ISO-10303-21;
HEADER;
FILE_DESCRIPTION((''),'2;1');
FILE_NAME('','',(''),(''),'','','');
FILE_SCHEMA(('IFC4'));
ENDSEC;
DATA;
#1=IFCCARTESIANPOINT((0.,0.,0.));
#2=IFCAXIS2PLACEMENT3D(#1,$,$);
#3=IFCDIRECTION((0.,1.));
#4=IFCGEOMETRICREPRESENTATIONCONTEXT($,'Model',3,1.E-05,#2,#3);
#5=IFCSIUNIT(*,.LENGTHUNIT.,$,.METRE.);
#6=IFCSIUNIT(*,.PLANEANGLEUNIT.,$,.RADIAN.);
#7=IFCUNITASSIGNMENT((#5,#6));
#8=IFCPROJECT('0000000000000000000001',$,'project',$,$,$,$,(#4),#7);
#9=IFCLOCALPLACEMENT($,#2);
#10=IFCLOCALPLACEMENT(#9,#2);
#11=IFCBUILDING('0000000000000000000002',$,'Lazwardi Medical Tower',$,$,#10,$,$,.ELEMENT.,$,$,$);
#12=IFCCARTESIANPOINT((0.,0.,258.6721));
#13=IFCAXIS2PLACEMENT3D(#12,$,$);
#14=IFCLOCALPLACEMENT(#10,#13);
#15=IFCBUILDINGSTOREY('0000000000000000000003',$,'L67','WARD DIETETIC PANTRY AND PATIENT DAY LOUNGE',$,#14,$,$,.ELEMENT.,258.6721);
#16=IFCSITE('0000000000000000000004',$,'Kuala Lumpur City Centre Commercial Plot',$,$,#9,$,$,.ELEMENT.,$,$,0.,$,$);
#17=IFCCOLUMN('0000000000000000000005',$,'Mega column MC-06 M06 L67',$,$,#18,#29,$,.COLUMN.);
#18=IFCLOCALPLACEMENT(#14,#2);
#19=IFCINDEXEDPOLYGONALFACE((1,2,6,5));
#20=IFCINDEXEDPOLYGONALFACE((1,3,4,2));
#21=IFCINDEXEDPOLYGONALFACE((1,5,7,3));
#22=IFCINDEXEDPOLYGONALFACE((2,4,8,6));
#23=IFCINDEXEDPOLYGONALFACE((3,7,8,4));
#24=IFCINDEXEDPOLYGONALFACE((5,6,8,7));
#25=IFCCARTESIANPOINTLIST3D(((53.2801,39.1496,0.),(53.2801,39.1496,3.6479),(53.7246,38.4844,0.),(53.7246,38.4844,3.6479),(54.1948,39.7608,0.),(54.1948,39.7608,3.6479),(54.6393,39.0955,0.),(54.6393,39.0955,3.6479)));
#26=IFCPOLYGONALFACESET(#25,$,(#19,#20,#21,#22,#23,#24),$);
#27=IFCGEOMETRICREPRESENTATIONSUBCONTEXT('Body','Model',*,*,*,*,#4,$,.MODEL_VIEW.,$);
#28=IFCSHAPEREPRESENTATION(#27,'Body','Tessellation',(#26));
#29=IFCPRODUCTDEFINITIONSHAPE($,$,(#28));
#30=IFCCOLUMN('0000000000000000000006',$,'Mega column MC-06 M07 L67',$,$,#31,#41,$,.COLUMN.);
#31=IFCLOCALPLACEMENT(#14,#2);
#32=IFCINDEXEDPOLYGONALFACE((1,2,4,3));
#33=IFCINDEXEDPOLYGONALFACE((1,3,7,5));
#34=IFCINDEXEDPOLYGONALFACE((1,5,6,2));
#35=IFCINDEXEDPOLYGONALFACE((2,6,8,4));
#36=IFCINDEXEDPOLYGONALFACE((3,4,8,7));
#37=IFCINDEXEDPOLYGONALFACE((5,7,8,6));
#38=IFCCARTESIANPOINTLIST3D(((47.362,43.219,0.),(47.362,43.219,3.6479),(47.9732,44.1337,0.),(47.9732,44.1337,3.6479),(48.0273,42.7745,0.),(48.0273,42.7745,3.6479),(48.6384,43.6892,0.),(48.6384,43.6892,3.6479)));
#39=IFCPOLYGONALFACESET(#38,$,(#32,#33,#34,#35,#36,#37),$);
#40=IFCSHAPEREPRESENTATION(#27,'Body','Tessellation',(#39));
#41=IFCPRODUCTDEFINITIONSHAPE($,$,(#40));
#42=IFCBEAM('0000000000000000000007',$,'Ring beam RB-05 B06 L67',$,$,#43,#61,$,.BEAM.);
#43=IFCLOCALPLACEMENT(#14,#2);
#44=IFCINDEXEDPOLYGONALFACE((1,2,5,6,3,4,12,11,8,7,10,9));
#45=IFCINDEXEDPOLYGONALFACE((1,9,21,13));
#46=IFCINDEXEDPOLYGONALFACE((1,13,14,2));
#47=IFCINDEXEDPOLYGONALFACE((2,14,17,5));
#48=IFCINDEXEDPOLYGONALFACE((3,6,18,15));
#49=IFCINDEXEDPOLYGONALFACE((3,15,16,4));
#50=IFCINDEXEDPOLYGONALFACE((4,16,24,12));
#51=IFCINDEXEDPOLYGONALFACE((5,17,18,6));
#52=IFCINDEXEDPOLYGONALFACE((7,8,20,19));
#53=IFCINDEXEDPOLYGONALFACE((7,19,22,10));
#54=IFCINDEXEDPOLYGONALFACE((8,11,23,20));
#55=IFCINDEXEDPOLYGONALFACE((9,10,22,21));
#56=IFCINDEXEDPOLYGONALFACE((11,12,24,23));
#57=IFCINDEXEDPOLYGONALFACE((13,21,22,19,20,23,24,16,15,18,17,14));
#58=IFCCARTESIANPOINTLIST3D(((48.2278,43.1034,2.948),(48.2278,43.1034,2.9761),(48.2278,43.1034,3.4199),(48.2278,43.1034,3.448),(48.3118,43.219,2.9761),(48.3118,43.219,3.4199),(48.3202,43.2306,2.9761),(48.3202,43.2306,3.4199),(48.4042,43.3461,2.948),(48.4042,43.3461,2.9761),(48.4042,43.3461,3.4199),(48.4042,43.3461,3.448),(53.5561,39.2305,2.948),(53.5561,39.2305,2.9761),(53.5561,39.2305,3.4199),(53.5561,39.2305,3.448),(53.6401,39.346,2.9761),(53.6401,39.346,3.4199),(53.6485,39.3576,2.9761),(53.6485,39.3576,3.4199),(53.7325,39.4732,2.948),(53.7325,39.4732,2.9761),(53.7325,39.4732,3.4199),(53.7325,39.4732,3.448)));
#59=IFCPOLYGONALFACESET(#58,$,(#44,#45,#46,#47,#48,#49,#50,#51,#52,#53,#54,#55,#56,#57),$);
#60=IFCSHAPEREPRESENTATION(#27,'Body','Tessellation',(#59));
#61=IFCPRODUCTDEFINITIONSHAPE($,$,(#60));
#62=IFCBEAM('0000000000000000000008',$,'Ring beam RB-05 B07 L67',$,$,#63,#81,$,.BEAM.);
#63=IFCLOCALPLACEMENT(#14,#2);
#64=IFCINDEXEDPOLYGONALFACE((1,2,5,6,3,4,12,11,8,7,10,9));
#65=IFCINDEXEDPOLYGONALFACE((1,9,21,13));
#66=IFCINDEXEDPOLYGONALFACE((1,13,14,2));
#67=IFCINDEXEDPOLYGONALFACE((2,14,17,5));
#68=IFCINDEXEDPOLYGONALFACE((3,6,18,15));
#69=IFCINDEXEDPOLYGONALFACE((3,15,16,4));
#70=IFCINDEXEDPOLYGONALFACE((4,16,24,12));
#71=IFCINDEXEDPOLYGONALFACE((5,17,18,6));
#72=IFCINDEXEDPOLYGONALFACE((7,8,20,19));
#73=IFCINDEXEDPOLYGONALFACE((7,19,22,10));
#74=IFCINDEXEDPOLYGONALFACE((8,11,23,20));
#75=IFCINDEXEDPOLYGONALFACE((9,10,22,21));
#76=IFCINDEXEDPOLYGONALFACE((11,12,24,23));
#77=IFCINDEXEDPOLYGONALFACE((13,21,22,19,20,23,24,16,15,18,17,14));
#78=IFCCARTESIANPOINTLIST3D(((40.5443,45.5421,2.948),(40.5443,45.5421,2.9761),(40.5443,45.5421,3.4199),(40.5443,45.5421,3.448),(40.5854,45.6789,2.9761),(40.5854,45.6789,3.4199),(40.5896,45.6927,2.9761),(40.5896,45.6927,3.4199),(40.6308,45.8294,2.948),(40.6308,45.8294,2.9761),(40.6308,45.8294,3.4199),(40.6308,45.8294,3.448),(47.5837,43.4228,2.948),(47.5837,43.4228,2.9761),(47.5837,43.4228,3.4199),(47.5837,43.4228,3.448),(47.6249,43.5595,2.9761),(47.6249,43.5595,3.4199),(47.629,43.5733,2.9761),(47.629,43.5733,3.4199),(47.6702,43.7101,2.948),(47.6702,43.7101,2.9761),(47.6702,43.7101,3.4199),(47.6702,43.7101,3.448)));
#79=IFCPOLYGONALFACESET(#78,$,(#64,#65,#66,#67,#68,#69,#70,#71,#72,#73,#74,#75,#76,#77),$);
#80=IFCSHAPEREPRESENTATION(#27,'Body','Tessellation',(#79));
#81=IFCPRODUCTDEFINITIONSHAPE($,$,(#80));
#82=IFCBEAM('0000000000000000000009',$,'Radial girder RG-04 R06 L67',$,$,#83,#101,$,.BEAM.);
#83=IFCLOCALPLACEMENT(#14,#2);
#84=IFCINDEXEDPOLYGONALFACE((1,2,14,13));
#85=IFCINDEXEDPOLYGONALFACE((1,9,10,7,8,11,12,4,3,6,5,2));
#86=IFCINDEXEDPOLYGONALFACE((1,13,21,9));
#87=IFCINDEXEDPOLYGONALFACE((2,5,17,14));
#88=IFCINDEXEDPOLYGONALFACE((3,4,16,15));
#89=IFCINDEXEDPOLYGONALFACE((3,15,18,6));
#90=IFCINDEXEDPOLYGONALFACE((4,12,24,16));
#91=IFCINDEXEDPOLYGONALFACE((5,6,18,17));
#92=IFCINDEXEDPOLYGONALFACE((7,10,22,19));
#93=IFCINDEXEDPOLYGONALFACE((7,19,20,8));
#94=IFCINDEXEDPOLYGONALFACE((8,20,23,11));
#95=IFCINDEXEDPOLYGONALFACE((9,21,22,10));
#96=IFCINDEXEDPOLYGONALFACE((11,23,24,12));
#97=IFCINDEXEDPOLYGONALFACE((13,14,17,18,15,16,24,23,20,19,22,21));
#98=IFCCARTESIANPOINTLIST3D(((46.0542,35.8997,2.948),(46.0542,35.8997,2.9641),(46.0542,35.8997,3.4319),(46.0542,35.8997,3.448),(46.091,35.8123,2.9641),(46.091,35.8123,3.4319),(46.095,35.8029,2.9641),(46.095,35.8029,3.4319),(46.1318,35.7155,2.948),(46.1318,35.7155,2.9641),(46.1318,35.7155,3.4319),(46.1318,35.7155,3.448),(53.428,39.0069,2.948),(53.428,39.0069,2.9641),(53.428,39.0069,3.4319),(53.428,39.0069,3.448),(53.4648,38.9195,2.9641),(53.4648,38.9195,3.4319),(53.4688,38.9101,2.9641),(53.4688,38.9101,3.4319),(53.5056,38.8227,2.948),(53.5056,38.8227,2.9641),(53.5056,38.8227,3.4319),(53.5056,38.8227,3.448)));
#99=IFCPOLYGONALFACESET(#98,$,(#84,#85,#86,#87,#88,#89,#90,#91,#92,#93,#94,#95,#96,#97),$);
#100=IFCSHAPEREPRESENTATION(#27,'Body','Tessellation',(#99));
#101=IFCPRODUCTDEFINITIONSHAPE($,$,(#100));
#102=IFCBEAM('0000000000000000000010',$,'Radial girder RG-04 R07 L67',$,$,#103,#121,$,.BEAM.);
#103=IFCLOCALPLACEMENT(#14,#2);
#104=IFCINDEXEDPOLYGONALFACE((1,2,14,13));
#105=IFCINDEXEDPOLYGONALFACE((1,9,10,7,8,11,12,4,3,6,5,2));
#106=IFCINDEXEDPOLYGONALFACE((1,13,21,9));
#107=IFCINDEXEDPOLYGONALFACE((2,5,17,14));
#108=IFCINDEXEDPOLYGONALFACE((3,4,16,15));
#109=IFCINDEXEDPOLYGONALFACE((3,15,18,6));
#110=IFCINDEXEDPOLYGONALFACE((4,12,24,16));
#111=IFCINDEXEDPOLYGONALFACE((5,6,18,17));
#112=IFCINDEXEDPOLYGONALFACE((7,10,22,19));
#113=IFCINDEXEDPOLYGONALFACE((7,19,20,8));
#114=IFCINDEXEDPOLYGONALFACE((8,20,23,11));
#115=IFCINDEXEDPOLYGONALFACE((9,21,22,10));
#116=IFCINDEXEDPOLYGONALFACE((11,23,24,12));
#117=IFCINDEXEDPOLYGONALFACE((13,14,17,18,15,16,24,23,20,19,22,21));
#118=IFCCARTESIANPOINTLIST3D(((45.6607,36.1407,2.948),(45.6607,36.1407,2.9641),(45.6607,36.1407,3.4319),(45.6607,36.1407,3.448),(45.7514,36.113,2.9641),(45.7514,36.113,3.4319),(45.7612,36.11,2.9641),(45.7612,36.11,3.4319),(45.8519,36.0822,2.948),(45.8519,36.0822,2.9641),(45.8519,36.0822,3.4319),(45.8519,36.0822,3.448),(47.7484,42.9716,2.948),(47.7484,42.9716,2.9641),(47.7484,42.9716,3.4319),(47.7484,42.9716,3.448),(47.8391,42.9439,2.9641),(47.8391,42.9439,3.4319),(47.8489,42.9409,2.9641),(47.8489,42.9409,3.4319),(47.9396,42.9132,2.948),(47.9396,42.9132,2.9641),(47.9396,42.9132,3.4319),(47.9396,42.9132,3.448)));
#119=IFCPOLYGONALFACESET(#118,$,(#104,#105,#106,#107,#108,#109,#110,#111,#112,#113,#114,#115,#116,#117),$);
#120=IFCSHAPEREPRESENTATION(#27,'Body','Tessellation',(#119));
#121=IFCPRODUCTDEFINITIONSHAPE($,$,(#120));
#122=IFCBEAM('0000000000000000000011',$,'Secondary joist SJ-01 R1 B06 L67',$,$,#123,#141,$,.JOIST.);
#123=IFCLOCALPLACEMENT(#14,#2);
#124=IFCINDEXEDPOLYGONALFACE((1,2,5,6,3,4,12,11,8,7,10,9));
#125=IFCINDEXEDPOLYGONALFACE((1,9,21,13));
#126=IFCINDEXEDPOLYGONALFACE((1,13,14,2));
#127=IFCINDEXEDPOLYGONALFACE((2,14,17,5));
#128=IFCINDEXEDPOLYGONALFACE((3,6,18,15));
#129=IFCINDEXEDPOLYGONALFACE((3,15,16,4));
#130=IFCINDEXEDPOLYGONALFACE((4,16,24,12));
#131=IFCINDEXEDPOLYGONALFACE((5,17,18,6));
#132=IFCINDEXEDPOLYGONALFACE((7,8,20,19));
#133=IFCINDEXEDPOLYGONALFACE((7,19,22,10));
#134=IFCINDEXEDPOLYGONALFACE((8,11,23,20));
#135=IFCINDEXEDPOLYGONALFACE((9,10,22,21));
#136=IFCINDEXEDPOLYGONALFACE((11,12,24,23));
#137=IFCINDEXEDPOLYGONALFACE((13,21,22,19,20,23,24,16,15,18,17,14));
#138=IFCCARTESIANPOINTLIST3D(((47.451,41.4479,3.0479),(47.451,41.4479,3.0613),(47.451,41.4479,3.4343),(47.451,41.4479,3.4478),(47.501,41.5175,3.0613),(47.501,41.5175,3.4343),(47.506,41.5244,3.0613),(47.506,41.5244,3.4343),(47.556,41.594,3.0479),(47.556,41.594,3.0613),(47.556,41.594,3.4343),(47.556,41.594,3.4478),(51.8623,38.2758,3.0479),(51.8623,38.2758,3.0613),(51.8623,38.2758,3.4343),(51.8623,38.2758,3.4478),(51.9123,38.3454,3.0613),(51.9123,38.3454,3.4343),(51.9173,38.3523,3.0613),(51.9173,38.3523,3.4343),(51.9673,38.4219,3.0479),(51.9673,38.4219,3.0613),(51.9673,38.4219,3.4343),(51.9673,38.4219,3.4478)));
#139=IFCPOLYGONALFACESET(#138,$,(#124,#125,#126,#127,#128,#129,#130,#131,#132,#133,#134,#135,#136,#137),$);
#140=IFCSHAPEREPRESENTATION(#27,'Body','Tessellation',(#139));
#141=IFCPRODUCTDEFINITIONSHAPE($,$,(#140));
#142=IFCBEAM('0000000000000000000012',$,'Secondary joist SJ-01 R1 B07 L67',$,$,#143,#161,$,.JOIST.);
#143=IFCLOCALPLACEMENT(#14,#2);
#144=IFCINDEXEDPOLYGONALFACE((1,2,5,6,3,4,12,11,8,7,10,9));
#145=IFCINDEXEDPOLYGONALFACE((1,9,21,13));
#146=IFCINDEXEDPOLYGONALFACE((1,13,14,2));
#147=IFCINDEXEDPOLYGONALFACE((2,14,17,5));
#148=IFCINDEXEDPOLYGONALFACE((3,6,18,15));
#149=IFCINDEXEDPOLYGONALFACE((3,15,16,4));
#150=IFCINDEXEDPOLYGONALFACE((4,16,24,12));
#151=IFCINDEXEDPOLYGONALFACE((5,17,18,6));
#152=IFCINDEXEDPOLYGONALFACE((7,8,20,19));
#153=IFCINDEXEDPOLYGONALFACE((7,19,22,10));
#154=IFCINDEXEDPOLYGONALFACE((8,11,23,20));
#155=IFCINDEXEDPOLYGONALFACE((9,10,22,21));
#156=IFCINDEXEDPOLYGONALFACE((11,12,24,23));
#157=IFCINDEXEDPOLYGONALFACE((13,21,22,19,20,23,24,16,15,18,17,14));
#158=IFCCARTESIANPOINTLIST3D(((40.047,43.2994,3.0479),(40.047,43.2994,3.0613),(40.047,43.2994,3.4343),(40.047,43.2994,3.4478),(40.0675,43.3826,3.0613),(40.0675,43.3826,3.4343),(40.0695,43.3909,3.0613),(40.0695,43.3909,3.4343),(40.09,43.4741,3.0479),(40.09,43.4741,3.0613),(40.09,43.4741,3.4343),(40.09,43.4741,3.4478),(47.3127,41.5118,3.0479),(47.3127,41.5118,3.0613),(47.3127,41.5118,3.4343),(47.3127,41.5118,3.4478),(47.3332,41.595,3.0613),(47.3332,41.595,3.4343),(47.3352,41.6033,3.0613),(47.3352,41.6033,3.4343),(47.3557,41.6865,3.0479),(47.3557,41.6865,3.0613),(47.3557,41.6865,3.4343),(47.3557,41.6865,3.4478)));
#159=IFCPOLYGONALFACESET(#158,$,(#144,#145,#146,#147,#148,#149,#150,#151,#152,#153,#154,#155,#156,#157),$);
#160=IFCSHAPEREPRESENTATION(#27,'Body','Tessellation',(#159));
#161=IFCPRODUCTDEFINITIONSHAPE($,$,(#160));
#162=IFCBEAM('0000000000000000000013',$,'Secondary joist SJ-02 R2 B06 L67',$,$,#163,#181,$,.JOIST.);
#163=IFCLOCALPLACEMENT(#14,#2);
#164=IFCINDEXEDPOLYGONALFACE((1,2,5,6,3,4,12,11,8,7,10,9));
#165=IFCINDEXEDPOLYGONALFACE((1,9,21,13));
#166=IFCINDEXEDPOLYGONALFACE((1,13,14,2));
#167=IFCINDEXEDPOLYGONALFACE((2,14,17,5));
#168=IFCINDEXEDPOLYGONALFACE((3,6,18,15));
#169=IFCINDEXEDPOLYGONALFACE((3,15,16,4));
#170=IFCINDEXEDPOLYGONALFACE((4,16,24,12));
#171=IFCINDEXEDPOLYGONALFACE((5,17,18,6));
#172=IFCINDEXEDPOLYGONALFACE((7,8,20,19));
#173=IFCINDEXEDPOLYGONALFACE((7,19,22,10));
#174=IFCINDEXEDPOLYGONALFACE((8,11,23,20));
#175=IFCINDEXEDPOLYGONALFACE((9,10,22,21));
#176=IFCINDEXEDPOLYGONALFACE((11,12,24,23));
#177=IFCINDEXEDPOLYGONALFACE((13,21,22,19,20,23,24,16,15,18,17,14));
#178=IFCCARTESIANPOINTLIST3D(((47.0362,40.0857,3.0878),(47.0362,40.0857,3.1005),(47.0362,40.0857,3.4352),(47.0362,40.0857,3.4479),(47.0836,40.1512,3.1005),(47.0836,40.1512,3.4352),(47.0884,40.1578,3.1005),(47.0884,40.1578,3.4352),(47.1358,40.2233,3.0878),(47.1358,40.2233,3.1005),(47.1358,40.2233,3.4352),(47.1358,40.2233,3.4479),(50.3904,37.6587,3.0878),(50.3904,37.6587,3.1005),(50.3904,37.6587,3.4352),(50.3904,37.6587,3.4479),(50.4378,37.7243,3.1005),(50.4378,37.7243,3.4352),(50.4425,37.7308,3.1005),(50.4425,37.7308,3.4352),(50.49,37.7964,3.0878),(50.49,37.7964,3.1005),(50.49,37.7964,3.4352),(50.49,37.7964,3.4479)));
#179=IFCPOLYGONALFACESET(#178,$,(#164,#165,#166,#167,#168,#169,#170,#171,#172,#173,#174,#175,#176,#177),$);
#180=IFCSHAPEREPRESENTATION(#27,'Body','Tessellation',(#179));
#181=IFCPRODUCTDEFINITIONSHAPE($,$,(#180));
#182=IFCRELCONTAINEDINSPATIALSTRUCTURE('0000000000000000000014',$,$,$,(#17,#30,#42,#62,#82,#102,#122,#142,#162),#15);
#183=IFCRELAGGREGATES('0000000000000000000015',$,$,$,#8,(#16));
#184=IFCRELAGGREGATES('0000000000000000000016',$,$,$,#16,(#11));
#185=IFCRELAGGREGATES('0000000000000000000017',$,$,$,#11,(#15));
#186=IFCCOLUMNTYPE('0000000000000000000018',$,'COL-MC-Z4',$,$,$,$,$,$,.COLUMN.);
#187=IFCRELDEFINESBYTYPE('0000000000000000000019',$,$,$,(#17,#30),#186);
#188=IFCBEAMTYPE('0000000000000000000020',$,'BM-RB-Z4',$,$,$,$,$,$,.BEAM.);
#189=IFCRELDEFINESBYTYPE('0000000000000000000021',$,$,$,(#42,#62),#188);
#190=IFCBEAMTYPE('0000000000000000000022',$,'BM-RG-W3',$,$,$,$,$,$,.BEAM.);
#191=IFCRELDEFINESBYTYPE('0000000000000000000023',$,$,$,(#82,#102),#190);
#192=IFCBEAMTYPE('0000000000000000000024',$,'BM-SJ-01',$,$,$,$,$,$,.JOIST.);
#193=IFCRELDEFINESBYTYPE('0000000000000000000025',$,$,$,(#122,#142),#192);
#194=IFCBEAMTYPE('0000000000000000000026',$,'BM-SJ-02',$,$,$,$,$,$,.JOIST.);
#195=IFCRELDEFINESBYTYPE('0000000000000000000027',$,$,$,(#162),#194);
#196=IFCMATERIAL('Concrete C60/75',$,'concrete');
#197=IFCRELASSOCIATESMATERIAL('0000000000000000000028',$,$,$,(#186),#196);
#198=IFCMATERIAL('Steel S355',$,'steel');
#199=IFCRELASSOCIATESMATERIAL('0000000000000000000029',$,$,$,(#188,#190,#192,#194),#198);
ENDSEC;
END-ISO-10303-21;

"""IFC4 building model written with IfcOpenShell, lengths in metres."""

from ifc_helpers import new_model, si_unit, direction, frame, origin, origin_2d, place, context, subcontext, project, spatial, rectangle, i_section, extrude, material, material_profile, profile_set, type_object, element, save


model = new_model("IFC4")

# Units and contexts
model_context = context("Model", 3, precision=1e-05, world=origin(), true_north=direction((0.0, 1.0)))
body_context = subcontext(model_context, "Body", "Model", "MODEL_VIEW")
ifc_project = project(units=[si_unit("LENGTHUNIT", "METRE"), si_unit("PLANEANGLEUNIT", "RADIAN")], contexts=[model_context])

# Site, building, storey
site_placement = place(None, origin())
site = spatial("IfcSite", under=ifc_project, at=site_placement, Name="Kuala Lumpur City Centre Commercial Plot", CompositionType="ELEMENT", RefElevation=0.0)
building_placement = place(site_placement, origin())
building = spatial("IfcBuilding", under=site, at=building_placement, Name="Lazwardi Medical Tower", CompositionType="ELEMENT")
storey_placement = place(building_placement, frame((0.0, 0.0, 258.6721)))
storey = spatial("IfcBuildingStorey", under=building, at=storey_placement, Name="L67", Description="WARD DIETETIC PANTRY AND PATIENT DAY LOUNGE", CompositionType="ELEMENT", Elevation=258.6721)

# Columns
ifc_material_1 = material(Name="Concrete C60/75", Category="concrete")
ifc_material_profile_1 = material_profile(ifc_material_1, rectangle(XDim=1.1001, YDim=0.8, at=origin_2d()), Name="CFT-RECT 1100x800")
ifc_profile_set_1 = profile_set([ifc_material_profile_1], Name="Concrete C60/75")
column_type = type_object("IfcColumnType", Name="COL-MC-Z4", PredefinedType="COLUMN", material=ifc_profile_set_1)
for number, where, z_axis, x_axis, name in (
    (1, (53.9597, 39.1226, 0.0), (0.0, 0.0, 1.0), (0.83147, 0.55557, 0.0), "Mega column MC-06 M06 L67"),
    (2, (48.0002, 43.4541, 0.0), (0.0, 0.0, 1.0), (0.55557, 0.83147, 0.0), "Mega column MC-06 M07 L67"),
):
    element("IfcColumn", number, at=place(storey_placement, frame(where, z_axis=z_axis, x_axis=x_axis)), inside=storey, type_object=column_type, Name=name, PredefinedType="COLUMN", context=body_context, shape_type="SweptSolid", body=[
        extrude(rectangle(XDim=1.1001, YDim=0.8, at=origin_2d()), origin(), (0.0, 0.0, 1.0), 3.6479),
    ])

# Beams
ifc_material_2 = material(Name="Steel S355", Category="steel")
ifc_material_profile_2 = material_profile(ifc_material_2, i_section(OverallWidth=0.3, OverallDepth=0.5, WebThickness=0.0144, FlangeThickness=0.0281, at=origin_2d()), Name="HEB 500")
ifc_profile_set_2 = profile_set([ifc_material_profile_2], Name="Steel S355")
beam_type_1 = type_object("IfcBeamType", Name="BM-RB-Z4", PredefinedType="BEAM", material=ifc_profile_set_2)
beam_1_placement = place(storey_placement, frame((53.6443, 39.3518, 3.198), z_axis=(-0.80889, 0.58796, 0.0), x_axis=(-0.58796, -0.80889, 0.0)))
element("IfcBeam", 3, at=beam_1_placement, inside=storey, type_object=beam_type_1, Name="Ring beam RB-05 B06 L67", PredefinedType="BEAM", context=body_context, shape_type="SweptSolid", body=[
    extrude(i_section(OverallWidth=0.3, OverallDepth=0.5, WebThickness=0.0144, FlangeThickness=0.0281, at=origin_2d()), origin(), (0.0, 0.0, 1.0), 6.5872),
])
beam_2_placement = place(storey_placement, frame((47.627, 43.5664, 3.198), z_axis=(-0.957544, 0.288286, 0.0), x_axis=(-0.288286, -0.957544, 0.0)))
element("IfcBeam", 4, at=beam_2_placement, inside=storey, type_object=beam_type_1, Name="Ring beam RB-05 B07 L67", PredefinedType="BEAM", context=body_context, shape_type="SweptSolid", body=[
    extrude(i_section(OverallWidth=0.3, OverallDepth=0.5, WebThickness=0.0144, FlangeThickness=0.0281, at=origin_2d()), origin(), (0.0, 0.0, 1.0), 7.3516),
])
ifc_material_profile_3 = material_profile(ifc_material_2, i_section(OverallWidth=0.2, OverallDepth=0.5, WebThickness=0.0103, FlangeThickness=0.0161, at=origin_2d()), Name="IPE 500")
ifc_profile_set_3 = profile_set([ifc_material_profile_3], Name="Steel S355")
beam_type_2 = type_object("IfcBeamType", Name="BM-RG-W3", PredefinedType="BEAM", material=ifc_profile_set_3)
beam_3_placement = place(storey_placement, frame((53.4668, 38.9148, 3.198), z_axis=(-0.921527, -0.388315, 0.0), x_axis=(0.388315, -0.921527, 0.0)))
element("IfcBeam", 5, at=beam_3_placement, inside=storey, type_object=beam_type_2, Name="Radial girder RG-04 R06 L67", PredefinedType="BEAM", context=body_context, shape_type="SweptSolid", body=[
    extrude(i_section(OverallWidth=0.2, OverallDepth=0.5, WebThickness=0.0103, FlangeThickness=0.0161, at=origin_2d()), origin(), (0.0, 0.0, 1.0), 8.0017),
])
beam_4_placement = place(storey_placement, frame((47.844, 42.9424, 3.198), z_axis=(-0.292277, -0.956334, 0.0), x_axis=(0.956334, -0.292277, 0.0)))
element("IfcBeam", 6, at=beam_4_placement, inside=storey, type_object=beam_type_2, Name="Radial girder RG-04 R07 L67", PredefinedType="BEAM", context=body_context, shape_type="SweptSolid", body=[
    extrude(i_section(OverallWidth=0.2, OverallDepth=0.5, WebThickness=0.0103, FlangeThickness=0.0161, at=origin_2d()), origin(), (0.0, 0.0, 1.0), 7.1428),
])
ifc_material_profile_4 = material_profile(ifc_material_2, i_section(OverallWidth=0.1799, OverallDepth=0.3999, WebThickness=0.0085, FlangeThickness=0.0134, at=origin_2d()), Name="IPE 400")
ifc_profile_set_4 = profile_set([ifc_material_profile_4], Name="Steel S355")
beam_type_3 = type_object("IfcBeamType", Name="BM-SJ-01", PredefinedType="JOIST", material=ifc_profile_set_4)
beam_5_placement = place(storey_placement, frame((51.9148, 38.3489, 3.2478), z_axis=(-0.81189, 0.583811, 0.0), x_axis=(-0.583811, -0.81189, 0.0)))
element("IfcBeam", 7, at=beam_5_placement, inside=storey, type_object=beam_type_3, Name="Secondary joist SJ-01 R1 B06 L67", PredefinedType="JOIST", context=body_context, shape_type="SweptSolid", body=[
    extrude(i_section(OverallWidth=0.1799, OverallDepth=0.3999, WebThickness=0.0085, FlangeThickness=0.0134, at=origin_2d()), origin(), (0.0, 0.0, 1.0), 5.4333),
])
beam_6_placement = place(storey_placement, frame((47.3342, 41.5991, 3.2478), z_axis=(-0.971042, 0.23891, 0.0), x_axis=(-0.23891, -0.971042, 0.0)))
element("IfcBeam", 8, at=beam_6_placement, inside=storey, type_object=beam_type_3, Name="Secondary joist SJ-01 R1 B07 L67", PredefinedType="JOIST", context=body_context, shape_type="SweptSolid", body=[
    extrude(i_section(OverallWidth=0.1799, OverallDepth=0.3999, WebThickness=0.0085, FlangeThickness=0.0134, at=origin_2d()), origin(), (0.0, 0.0, 1.0), 7.4824),
])
ifc_material_profile_5 = material_profile(ifc_material_2, i_section(OverallWidth=0.1699, OverallDepth=0.3601, WebThickness=0.0081, FlangeThickness=0.0127, at=origin_2d()), Name="IPE 360")
ifc_profile_set_5 = profile_set([ifc_material_profile_5], Name="Steel S355")
beam_type_4 = type_object("IfcBeamType", Name="BM-SJ-02", PredefinedType="JOIST", material=ifc_profile_set_5)
beam_7_placement = place(storey_placement, frame((50.4402, 37.7275, 3.2678), z_axis=(-0.810164, 0.586203, 0.0), x_axis=(-0.586203, -0.810164, 0.0)))
element("IfcBeam", 9, at=beam_7_placement, inside=storey, type_object=beam_type_4, Name="Secondary joist SJ-02 R2 B06 L67", PredefinedType="JOIST", context=body_context, shape_type="SweptSolid", body=[
    extrude(i_section(OverallWidth=0.1699, OverallDepth=0.3601, WebThickness=0.0081, FlangeThickness=0.0127, at=origin_2d()), origin(), (0.0, 0.0, 1.0), 4.1401),
])

save(model, "model.ifc")
